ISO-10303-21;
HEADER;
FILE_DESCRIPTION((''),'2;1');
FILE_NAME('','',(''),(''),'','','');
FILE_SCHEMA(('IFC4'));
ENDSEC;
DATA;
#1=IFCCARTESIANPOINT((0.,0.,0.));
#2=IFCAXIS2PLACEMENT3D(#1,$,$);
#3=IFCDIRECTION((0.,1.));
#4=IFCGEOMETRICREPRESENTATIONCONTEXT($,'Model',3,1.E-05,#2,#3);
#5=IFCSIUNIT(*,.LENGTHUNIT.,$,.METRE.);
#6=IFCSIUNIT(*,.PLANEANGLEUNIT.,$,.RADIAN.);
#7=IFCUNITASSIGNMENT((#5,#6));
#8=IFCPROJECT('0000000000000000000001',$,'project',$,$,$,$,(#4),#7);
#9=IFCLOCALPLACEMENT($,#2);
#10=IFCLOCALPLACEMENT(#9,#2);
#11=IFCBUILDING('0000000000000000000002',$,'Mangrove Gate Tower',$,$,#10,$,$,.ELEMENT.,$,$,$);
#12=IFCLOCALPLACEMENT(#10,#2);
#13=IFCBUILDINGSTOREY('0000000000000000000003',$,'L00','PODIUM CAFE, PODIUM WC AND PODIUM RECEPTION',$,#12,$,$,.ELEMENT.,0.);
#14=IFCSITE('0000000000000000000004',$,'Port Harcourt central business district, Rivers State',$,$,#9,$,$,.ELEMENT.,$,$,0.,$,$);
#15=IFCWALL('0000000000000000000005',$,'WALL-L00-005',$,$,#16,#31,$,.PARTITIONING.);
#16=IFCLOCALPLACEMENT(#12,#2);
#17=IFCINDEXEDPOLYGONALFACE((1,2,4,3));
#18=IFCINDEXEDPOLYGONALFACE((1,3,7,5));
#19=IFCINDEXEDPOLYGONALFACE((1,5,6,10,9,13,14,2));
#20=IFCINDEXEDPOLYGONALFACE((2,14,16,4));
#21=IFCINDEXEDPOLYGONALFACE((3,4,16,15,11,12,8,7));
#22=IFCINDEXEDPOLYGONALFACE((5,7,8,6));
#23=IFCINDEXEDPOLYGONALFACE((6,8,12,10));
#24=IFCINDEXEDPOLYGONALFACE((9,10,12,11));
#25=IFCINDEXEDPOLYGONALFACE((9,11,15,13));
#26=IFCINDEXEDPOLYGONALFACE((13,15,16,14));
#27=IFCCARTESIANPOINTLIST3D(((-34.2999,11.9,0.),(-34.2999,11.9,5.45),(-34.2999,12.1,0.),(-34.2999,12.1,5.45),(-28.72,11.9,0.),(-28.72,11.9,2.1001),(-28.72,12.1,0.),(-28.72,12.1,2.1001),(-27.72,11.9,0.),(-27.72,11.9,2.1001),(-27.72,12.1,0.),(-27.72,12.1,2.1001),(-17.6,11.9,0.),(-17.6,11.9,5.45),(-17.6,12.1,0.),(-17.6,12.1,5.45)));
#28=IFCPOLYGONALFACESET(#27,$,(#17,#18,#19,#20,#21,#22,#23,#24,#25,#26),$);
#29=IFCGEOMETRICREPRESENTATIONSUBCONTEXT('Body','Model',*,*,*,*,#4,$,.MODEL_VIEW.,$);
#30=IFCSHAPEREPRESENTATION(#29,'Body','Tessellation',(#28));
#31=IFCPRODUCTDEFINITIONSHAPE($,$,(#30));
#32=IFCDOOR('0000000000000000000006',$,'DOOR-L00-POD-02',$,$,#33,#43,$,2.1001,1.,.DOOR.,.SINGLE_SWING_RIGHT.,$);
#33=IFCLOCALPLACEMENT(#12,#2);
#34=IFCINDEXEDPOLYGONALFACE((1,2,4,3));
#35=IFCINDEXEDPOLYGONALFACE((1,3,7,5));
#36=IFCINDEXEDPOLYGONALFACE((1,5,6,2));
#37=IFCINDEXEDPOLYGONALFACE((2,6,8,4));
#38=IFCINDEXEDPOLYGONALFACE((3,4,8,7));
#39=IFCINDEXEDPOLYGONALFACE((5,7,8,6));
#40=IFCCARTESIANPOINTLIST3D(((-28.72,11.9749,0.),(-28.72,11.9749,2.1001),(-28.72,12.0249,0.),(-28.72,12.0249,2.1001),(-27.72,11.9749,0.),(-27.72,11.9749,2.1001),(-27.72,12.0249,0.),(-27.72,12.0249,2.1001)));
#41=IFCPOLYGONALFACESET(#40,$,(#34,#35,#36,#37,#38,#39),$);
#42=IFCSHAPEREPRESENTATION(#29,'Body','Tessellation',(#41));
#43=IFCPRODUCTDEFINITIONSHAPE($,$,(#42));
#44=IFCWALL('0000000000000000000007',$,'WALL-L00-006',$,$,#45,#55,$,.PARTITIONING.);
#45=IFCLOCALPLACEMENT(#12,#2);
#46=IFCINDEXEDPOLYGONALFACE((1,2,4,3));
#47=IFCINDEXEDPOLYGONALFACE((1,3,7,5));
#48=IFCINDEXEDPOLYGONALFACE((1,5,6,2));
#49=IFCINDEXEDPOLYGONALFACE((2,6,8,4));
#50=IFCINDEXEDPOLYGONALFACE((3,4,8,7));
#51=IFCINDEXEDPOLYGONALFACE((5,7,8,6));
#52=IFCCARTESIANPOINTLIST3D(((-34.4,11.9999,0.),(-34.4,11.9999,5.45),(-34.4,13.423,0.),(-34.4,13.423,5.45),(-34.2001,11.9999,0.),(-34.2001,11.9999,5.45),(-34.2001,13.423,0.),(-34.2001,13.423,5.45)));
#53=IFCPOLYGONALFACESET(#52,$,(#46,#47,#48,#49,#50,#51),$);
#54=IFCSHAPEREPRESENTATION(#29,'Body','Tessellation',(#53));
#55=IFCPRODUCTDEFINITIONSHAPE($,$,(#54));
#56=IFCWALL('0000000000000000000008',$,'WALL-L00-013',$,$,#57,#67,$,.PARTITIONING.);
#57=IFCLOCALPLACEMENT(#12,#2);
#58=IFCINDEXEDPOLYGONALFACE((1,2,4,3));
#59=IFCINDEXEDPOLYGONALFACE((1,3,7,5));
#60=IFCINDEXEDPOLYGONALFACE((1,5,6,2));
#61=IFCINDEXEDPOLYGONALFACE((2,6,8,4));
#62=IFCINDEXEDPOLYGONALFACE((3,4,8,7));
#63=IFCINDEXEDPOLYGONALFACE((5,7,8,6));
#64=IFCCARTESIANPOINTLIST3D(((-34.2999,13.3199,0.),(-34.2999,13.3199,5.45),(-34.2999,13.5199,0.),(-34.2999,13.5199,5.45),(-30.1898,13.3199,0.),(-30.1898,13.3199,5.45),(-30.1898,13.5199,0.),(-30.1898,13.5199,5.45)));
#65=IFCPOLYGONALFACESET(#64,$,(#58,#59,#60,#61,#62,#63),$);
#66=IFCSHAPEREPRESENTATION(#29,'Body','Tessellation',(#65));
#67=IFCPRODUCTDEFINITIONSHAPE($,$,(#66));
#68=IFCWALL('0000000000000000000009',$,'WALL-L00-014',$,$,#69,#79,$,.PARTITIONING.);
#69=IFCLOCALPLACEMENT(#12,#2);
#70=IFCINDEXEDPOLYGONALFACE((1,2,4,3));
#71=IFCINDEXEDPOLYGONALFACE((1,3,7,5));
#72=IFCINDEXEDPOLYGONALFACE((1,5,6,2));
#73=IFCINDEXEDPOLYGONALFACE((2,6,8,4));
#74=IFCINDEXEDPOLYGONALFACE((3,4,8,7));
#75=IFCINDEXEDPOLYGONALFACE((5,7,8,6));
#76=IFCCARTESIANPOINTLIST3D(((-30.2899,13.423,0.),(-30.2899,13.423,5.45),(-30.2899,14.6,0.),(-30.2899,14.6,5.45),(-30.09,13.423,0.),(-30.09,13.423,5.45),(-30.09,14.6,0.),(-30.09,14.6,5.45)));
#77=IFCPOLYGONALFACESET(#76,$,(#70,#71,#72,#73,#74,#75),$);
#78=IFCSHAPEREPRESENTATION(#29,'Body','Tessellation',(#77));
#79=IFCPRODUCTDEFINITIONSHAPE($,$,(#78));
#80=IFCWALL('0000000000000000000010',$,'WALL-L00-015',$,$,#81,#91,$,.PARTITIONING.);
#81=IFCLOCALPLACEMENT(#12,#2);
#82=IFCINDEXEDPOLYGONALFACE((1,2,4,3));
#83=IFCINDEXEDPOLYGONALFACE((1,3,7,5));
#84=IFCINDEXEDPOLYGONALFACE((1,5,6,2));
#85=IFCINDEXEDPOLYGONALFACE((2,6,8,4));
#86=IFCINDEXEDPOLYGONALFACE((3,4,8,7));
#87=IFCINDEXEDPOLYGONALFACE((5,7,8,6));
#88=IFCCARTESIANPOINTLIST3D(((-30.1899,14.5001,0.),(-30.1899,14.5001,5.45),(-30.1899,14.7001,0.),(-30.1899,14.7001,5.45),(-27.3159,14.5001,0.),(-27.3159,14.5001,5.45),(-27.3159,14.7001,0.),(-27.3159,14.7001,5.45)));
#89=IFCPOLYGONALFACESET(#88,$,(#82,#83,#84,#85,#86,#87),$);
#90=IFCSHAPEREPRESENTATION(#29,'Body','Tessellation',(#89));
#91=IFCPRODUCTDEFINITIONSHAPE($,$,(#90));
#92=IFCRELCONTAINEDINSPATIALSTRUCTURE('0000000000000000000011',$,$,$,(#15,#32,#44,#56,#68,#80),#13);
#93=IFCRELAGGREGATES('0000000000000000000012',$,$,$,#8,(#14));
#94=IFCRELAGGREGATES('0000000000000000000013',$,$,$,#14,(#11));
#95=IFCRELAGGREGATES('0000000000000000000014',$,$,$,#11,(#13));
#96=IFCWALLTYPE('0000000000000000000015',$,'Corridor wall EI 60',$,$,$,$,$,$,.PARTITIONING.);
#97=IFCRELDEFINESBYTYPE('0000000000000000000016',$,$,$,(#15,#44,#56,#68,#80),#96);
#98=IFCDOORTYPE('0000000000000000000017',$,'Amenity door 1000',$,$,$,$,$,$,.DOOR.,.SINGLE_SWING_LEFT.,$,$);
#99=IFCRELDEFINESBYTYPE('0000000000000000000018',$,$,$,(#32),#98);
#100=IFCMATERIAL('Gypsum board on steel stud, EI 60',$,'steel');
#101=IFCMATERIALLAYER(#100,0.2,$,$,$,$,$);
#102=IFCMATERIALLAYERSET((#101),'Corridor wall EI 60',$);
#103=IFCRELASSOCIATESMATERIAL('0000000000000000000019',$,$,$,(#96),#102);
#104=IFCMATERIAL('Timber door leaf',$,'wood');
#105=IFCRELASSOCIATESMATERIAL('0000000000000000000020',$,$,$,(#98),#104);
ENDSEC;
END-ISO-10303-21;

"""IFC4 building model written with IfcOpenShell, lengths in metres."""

from ifc_helpers import new_model, si_unit, direction, frame, frame_2d, origin, place, context, subcontext, project, spatial, rectangle, extrude, material, layer, layer_set, type_object, element, fill, save


model = new_model("IFC4")

# Units and contexts
model_context = context("Model", 3, precision=1e-05, world=origin(), true_north=direction((0.0, 1.0)))
body_context = subcontext(model_context, "Body", "Model", "MODEL_VIEW")
ifc_project = project(units=[si_unit("LENGTHUNIT", "METRE"), si_unit("PLANEANGLEUNIT", "RADIAN")], contexts=[model_context])

# Site, building, storey
site_placement = place(None, origin())
site = spatial("IfcSite", under=ifc_project, at=site_placement, Name="Port Harcourt central business district, Rivers State", CompositionType="ELEMENT", RefElevation=0.0)
building_placement = place(site_placement, origin())
building = spatial("IfcBuilding", under=site, at=building_placement, Name="Mangrove Gate Tower", CompositionType="ELEMENT")
storey_placement = place(building_placement, origin())
storey = spatial("IfcBuildingStorey", under=building, at=storey_placement, Name="L00", Description="PODIUM CAFE, PODIUM WC AND PODIUM RECEPTION", CompositionType="ELEMENT", Elevation=0.0)

# Wall, opening, door
ifc_material_1 = material(Name="Gypsum board on steel stud, EI 60", Category="steel")
ifc_layer_1 = layer(ifc_material_1, 0.2)
ifc_layer_set_1 = layer_set([ifc_layer_1], Name="Corridor wall EI 60")
wall_type = type_object("IfcWallType", Name="Corridor wall EI 60", PredefinedType="PARTITIONING", material=ifc_layer_set_1)
wall_1_placement = place(storey_placement, frame((-34.3, 12.0, 0.0), z_axis=(0.0, 0.0, 1.0), x_axis=(1.0, 0.0, 0.0)))
wall_1 = element("IfcWall", 1, at=wall_1_placement, inside=storey, type_object=wall_type, Name="WALL-L00-005", PredefinedType="PARTITIONING", context=body_context, shape_type="SweptSolid", body=[
    extrude(rectangle(XDim=16.7, YDim=0.2, at=frame_2d((8.3501, 0.0))), origin(), (0.0, 0.0, 1.0), 5.45),
])
opening_placement = place(wall_1_placement, frame((5.5801, 0.0, 0.0)))
opening = element("IfcOpeningElement", 2, at=opening_placement, cuts=wall_1, PredefinedType="OPENING", context=body_context, shape_type="SweptSolid", body=[
    extrude(rectangle(XDim=1.0, YDim=2.1001, at=frame_2d((0.5, 1.05))), frame((0.0, 0.1099, 0.0), z_axis=(0.0, -1.0, 0.0), x_axis=(1.0, 0.0, 0.0)), (0.0, 0.0, 1.0), 0.22),
])
ifc_material_2 = material(Name="Timber door leaf", Category="wood")
door_type = type_object("IfcDoorType", Name="Amenity door 1000", OperationType="SINGLE_SWING_LEFT", PredefinedType="DOOR", material=ifc_material_2)
door_placement = place(opening_placement, origin())
door = element("IfcDoor", 3, at=door_placement, inside=storey, type_object=door_type, Name="DOOR-L00-POD-02", OperationType="SINGLE_SWING_RIGHT", OverallHeight=2.1001, OverallWidth=1.0, PredefinedType="DOOR", context=body_context, shape_type="SweptSolid", body=[
    extrude(rectangle(XDim=1.0, YDim=2.1001, at=frame_2d((0.5, 1.05))), frame((0.0, 0.0249, 0.0), z_axis=(0.0, -1.0, 0.0), x_axis=(1.0, 0.0, 0.0)), (0.0, 0.0, 1.0), 0.05),
])
fill(opening, door)

# Walls
wall_2_placement = place(storey_placement, frame((-34.3, 12.0, 0.0), z_axis=(0.0, 0.0, 1.0), x_axis=(0.0, 1.0, 0.0)))
element("IfcWall", 4, at=wall_2_placement, inside=storey, type_object=wall_type, Name="WALL-L00-006", PredefinedType="PARTITIONING", context=body_context, shape_type="SweptSolid", body=[
    extrude(rectangle(XDim=1.4231, YDim=0.2, at=frame_2d((0.7114, 0.0))), origin(), (0.0, 0.0, 1.0), 5.45),
])
wall_3_placement = place(storey_placement, frame((-34.3, 13.4199, 0.0), z_axis=(0.0, 0.0, 1.0), x_axis=(1.0, 0.0, 0.0)))
element("IfcWall", 5, at=wall_3_placement, inside=storey, type_object=wall_type, Name="WALL-L00-013", PredefinedType="PARTITIONING", context=body_context, shape_type="SweptSolid", body=[
    extrude(rectangle(XDim=4.1101, YDim=0.2, at=frame_2d((2.0552, 0.0))), origin(), (0.0, 0.0, 1.0), 5.45),
])
wall_4_placement = place(storey_placement, frame((-30.1899, 13.4231, 0.0), z_axis=(0.0, 0.0, 1.0), x_axis=(0.0, 1.0, 0.0)))
element("IfcWall", 6, at=wall_4_placement, inside=storey, type_object=wall_type, Name="WALL-L00-014", PredefinedType="PARTITIONING", context=body_context, shape_type="SweptSolid", body=[
    extrude(rectangle(XDim=1.177, YDim=0.2, at=frame_2d((0.5884, 0.0))), origin(), (0.0, 0.0, 1.0), 5.45),
])
wall_5_placement = place(storey_placement, frame((-30.1899, 14.6001, 0.0), z_axis=(0.0, 0.0, 1.0), x_axis=(1.0, 0.0, 0.0)))
element("IfcWall", 7, at=wall_5_placement, inside=storey, type_object=wall_type, Name="WALL-L00-015", PredefinedType="PARTITIONING", context=body_context, shape_type="SweptSolid", body=[
    extrude(rectangle(XDim=2.874, YDim=0.2, at=frame_2d((1.437, 0.0))), origin(), (0.0, 0.0, 1.0), 5.45),
])

save(model, "model.ifc")
